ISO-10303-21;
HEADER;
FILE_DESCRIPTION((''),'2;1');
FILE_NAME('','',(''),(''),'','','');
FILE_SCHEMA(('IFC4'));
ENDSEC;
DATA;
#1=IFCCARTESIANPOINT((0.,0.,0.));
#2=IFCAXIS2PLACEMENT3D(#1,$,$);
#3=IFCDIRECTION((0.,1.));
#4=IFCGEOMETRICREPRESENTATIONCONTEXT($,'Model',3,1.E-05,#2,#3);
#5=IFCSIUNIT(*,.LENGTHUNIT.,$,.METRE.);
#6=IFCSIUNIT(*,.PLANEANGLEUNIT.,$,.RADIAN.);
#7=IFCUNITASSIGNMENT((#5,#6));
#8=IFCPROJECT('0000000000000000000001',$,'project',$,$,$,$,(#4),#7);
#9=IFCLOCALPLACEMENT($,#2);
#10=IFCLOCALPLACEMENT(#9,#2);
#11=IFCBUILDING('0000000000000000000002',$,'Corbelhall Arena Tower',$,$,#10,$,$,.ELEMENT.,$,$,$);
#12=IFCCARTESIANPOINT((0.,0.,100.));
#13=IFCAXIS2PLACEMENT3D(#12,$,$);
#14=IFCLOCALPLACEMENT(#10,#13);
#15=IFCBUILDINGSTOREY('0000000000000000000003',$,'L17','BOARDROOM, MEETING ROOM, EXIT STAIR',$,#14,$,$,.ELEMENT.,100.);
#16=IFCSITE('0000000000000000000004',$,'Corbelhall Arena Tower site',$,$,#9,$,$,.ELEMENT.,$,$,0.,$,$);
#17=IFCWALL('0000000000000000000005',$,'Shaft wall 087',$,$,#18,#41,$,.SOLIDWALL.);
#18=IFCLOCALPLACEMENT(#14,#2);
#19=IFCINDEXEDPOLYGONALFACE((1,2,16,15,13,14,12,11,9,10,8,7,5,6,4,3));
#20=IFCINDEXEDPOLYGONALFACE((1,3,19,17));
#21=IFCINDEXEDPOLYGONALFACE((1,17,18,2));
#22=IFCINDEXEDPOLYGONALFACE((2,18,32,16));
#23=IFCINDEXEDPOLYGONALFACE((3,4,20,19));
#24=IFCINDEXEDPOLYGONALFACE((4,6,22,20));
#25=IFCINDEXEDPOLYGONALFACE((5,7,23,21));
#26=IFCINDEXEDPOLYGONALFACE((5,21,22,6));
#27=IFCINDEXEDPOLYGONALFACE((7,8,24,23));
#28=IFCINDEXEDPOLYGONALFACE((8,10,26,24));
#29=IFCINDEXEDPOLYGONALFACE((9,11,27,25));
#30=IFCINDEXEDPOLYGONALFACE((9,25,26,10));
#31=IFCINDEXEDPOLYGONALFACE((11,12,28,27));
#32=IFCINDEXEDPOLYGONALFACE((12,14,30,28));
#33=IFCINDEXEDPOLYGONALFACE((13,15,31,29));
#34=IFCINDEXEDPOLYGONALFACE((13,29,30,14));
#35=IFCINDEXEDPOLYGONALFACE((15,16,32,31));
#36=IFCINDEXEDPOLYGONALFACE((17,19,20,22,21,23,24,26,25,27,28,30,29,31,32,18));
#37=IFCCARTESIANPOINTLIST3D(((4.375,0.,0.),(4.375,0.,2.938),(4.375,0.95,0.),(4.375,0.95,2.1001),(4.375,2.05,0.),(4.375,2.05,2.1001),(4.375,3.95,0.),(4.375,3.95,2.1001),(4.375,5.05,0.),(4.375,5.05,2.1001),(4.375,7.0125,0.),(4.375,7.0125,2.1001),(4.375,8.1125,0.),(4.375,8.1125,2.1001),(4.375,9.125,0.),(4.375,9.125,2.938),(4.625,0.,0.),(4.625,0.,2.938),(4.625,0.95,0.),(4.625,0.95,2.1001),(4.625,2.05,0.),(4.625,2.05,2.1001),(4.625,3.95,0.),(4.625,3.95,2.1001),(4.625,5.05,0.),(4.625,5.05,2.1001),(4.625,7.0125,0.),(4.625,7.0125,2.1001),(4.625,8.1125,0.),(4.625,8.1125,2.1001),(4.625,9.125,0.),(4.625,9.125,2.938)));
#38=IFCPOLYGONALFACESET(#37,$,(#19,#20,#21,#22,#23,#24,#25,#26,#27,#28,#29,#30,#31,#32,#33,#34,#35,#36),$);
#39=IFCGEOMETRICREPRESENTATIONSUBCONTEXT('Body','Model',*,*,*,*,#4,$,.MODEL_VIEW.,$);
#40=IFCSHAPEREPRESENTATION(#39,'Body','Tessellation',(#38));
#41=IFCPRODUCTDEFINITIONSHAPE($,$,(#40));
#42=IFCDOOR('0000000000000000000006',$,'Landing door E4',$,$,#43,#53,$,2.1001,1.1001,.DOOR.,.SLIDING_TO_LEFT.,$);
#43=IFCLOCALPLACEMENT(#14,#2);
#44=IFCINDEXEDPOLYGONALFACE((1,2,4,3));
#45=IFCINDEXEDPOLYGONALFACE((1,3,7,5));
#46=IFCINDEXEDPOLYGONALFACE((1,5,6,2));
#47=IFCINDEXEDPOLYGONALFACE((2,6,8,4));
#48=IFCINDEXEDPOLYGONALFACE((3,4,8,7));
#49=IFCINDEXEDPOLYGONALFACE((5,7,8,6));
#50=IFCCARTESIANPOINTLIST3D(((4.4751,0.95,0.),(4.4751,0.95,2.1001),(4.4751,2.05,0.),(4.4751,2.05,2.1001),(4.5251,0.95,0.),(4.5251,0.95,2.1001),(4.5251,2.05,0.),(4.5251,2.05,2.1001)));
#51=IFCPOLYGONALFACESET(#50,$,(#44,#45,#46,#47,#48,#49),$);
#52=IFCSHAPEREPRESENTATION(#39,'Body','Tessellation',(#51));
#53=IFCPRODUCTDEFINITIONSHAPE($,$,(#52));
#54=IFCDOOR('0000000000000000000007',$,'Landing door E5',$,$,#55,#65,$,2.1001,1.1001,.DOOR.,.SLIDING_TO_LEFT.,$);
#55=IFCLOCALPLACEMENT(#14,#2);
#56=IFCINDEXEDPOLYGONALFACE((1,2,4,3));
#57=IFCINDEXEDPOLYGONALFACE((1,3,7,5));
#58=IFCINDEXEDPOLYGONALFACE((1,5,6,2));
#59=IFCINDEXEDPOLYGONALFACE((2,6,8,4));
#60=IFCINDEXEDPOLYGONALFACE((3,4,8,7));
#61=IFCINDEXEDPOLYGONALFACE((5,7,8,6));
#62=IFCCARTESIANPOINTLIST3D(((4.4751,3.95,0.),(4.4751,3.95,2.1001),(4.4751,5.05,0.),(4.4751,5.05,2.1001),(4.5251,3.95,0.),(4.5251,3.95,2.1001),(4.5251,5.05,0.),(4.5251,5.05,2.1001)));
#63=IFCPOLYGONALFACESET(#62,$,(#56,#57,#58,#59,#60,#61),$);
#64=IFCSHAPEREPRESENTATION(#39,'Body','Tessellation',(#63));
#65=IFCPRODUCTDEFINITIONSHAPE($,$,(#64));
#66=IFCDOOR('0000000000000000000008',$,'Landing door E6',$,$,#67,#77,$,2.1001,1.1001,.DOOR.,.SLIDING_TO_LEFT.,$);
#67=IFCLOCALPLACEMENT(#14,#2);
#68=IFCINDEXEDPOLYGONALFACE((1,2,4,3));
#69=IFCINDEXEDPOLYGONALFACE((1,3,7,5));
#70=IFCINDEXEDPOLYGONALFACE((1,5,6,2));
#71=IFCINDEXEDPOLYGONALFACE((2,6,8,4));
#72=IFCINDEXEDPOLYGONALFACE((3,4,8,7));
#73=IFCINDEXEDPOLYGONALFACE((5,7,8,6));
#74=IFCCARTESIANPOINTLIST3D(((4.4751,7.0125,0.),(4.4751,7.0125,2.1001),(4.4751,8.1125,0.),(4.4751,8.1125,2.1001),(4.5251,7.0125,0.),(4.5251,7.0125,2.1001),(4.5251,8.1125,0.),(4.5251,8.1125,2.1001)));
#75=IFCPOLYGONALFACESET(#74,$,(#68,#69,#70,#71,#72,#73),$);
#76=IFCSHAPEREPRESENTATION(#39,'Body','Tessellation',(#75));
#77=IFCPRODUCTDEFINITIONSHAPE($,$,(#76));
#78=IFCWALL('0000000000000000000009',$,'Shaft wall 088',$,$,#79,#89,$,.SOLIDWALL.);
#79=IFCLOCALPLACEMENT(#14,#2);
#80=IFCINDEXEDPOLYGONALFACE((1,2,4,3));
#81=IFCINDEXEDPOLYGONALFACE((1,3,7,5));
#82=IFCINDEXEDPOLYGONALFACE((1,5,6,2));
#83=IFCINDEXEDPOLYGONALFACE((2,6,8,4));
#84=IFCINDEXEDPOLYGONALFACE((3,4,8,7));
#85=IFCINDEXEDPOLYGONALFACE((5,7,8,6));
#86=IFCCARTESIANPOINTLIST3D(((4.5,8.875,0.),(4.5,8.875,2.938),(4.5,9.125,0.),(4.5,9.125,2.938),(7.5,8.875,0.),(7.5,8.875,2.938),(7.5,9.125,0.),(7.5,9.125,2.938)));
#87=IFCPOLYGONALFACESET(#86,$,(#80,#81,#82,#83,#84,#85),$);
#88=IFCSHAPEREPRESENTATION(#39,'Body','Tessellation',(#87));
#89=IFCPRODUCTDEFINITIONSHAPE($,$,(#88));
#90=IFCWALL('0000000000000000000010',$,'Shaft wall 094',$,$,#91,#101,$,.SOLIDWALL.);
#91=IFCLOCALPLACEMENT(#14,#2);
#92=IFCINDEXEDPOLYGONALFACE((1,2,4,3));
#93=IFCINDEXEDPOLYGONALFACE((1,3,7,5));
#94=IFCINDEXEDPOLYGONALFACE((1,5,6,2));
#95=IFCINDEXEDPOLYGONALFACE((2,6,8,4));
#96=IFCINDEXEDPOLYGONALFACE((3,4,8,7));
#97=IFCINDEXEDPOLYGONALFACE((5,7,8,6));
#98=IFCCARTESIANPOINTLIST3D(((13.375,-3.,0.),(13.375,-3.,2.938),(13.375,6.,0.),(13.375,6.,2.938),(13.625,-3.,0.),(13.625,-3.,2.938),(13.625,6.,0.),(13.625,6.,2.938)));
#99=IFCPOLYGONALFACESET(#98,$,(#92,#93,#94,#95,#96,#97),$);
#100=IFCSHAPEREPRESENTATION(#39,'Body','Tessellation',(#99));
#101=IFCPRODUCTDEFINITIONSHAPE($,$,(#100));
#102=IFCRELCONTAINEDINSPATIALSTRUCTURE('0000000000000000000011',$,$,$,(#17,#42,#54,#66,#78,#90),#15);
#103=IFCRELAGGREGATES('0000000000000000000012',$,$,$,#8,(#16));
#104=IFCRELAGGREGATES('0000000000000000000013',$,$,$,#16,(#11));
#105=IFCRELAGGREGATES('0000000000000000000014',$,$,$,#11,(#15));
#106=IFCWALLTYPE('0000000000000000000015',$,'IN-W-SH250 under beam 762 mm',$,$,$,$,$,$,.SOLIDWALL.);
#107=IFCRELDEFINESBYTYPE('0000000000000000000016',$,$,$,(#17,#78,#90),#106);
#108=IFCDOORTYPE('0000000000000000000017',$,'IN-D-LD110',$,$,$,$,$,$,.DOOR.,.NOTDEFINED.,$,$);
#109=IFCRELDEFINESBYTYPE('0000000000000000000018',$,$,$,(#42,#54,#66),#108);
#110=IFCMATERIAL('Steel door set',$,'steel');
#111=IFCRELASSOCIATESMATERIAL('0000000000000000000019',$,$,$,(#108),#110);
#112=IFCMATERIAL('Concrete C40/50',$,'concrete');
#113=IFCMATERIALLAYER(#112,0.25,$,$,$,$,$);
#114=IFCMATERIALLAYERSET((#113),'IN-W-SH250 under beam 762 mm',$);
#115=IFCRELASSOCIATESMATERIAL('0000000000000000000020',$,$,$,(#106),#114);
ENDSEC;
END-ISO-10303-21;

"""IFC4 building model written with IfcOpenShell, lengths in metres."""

from ifc_helpers import new_model, si_unit, direction, frame, frame_2d, origin, place, context, subcontext, project, spatial, rectangle, extrude, material, layer, layer_set, type_object, element, fill, save


model = new_model("IFC4")

# Units and contexts
model_context = context("Model", 3, precision=1e-05, world=origin(), true_north=direction((0.0, 1.0)))
body_context = subcontext(model_context, "Body", "Model", "MODEL_VIEW")
ifc_project = project(units=[si_unit("LENGTHUNIT", "METRE"), si_unit("PLANEANGLEUNIT", "RADIAN")], contexts=[model_context])

# Site, building, storey
site_placement = place(None, origin())
site = spatial("IfcSite", under=ifc_project, at=site_placement, Name="Corbelhall Arena Tower site", CompositionType="ELEMENT", RefElevation=0.0)
building_placement = place(site_placement, origin())
building = spatial("IfcBuilding", under=site, at=building_placement, Name="Corbelhall Arena Tower", CompositionType="ELEMENT")
storey_placement = place(building_placement, frame((0.0, 0.0, 100.0)))
storey = spatial("IfcBuildingStorey", under=building, at=storey_placement, Name="L17", Description="BOARDROOM, MEETING ROOM, EXIT STAIR", CompositionType="ELEMENT", Elevation=100.0)

# Shared definitions
ifc_material_1 = material(Name="Concrete C40/50", Category="concrete")

# Shared definitions
ifc_material_2 = material(Name="Steel door set", Category="steel")

# Shared definitions
door_type_1 = type_object("IfcDoorType", Name="IN-D-LD110", OperationType="NOTDEFINED", PredefinedType="DOOR", material=ifc_material_2)

# Wall, openings, doors
ifc_layer_1 = layer(ifc_material_1, 0.25)
ifc_layer_set_1 = layer_set([ifc_layer_1], Name="IN-W-SH250 under beam 762 mm")
wall_type_1 = type_object("IfcWallType", Name="IN-W-SH250 under beam 762 mm", PredefinedType="SOLIDWALL", material=ifc_layer_set_1)
wall_1_placement = place(storey_placement, frame((4.5, 0.0, 0.0), z_axis=(0.0, 0.0, 1.0), x_axis=(0.0, 1.0, 0.0)))
wall_1 = element("IfcWall", 1, at=wall_1_placement, inside=storey, type_object=wall_type_1, Name="Shaft wall 087", PredefinedType="SOLIDWALL", context=body_context, shape_type="SweptSolid", body=[
    extrude(rectangle(XDim=9.125, YDim=0.25, at=frame_2d((4.5625, 0.0))), origin(), (0.0, 0.0, 1.0), 2.938),
])
opening_1_placement = place(wall_1_placement, frame((0.95, 0.0, 0.0)))
opening_1 = element("IfcOpeningElement", 2, at=opening_1_placement, cuts=wall_1, PredefinedType="OPENING", context=body_context, shape_type="SweptSolid", body=[
    extrude(rectangle(XDim=1.1001, YDim=2.1001, at=frame_2d((0.55, 1.05))), frame((0.0, 0.125, 0.0), z_axis=(0.0, -1.0, 0.0), x_axis=(1.0, 0.0, 0.0)), (0.0, 0.0, 1.0), 0.25),
])
opening_2_placement = place(wall_1_placement, frame((3.95, 0.0, 0.0)))
opening_2 = element("IfcOpeningElement", 3, at=opening_2_placement, cuts=wall_1, PredefinedType="OPENING", context=body_context, shape_type="SweptSolid", body=[
    extrude(rectangle(XDim=1.1001, YDim=2.1001, at=frame_2d((0.55, 1.05))), frame((0.0, 0.125, 0.0), z_axis=(0.0, -1.0, 0.0), x_axis=(1.0, 0.0, 0.0)), (0.0, 0.0, 1.0), 0.25),
])
opening_3_placement = place(wall_1_placement, frame((7.0125, 0.0, 0.0)))
opening_3 = element("IfcOpeningElement", 4, at=opening_3_placement, cuts=wall_1, PredefinedType="OPENING", context=body_context, shape_type="SweptSolid", body=[
    extrude(rectangle(XDim=1.1001, YDim=2.1001, at=frame_2d((0.55, 1.05))), frame((0.0, 0.125, 0.0), z_axis=(0.0, -1.0, 0.0), x_axis=(1.0, 0.0, 0.0)), (0.0, 0.0, 1.0), 0.25),
])
door_1_placement = place(opening_1_placement, origin())
door_1 = element("IfcDoor", 5, at=door_1_placement, inside=storey, type_object=door_type_1, Name="Landing door E4", OperationType="SLIDING_TO_LEFT", OverallHeight=2.1001, OverallWidth=1.1001, PredefinedType="DOOR", context=body_context, shape_type="SweptSolid", body=[
    extrude(rectangle(XDim=1.1001, YDim=2.1001, at=frame_2d((0.55, 1.05))), frame((0.0, 0.0249, 0.0), z_axis=(0.0, -1.0, 0.0), x_axis=(1.0, 0.0, 0.0)), (0.0, 0.0, 1.0), 0.05),
])
fill(opening_1, door_1)
door_2_placement = place(opening_2_placement, origin())
door_2 = element("IfcDoor", 6, at=door_2_placement, inside=storey, type_object=door_type_1, Name="Landing door E5", OperationType="SLIDING_TO_LEFT", OverallHeight=2.1001, OverallWidth=1.1001, PredefinedType="DOOR", context=body_context, shape_type="SweptSolid", body=[
    extrude(rectangle(XDim=1.1001, YDim=2.1001, at=frame_2d((0.55, 1.05))), frame((0.0, 0.0249, 0.0), z_axis=(0.0, -1.0, 0.0), x_axis=(1.0, 0.0, 0.0)), (0.0, 0.0, 1.0), 0.05),
])
fill(opening_2, door_2)
door_3_placement = place(opening_3_placement, origin())
door_3 = element("IfcDoor", 7, at=door_3_placement, inside=storey, type_object=door_type_1, Name="Landing door E6", OperationType="SLIDING_TO_LEFT", OverallHeight=2.1001, OverallWidth=1.1001, PredefinedType="DOOR", context=body_context, shape_type="SweptSolid", body=[
    extrude(rectangle(XDim=1.1001, YDim=2.1001, at=frame_2d((0.55, 1.05))), frame((0.0, 0.0249, 0.0), z_axis=(0.0, -1.0, 0.0), x_axis=(1.0, 0.0, 0.0)), (0.0, 0.0, 1.0), 0.05),
])
fill(opening_3, door_3)

# Walls
wall_2_placement = place(storey_placement, frame((4.5, 9.0, 0.0), z_axis=(0.0, 0.0, 1.0), x_axis=(1.0, 0.0, 0.0)))
element("IfcWall", 8, at=wall_2_placement, inside=storey, type_object=wall_type_1, Name="Shaft wall 088", PredefinedType="SOLIDWALL", context=body_context, shape_type="SweptSolid", body=[
    extrude(rectangle(XDim=3.0, YDim=0.25, at=frame_2d((1.5, 0.0))), origin(), (0.0, 0.0, 1.0), 2.938),
])
wall_3_placement = place(storey_placement, frame((13.5, 6.0, 0.0), z_axis=(0.0, 0.0, 1.0), x_axis=(0.0, -1.0, 0.0)))
element("IfcWall", 9, at=wall_3_placement, inside=storey, type_object=wall_type_1, Name="Shaft wall 094", PredefinedType="SOLIDWALL", context=body_context, shape_type="SweptSolid", body=[
    extrude(rectangle(XDim=9.0, YDim=0.25, at=frame_2d((4.5, 0.0))), origin(), (0.0, 0.0, 1.0), 2.938),
])

save(model, "model.ifc")
